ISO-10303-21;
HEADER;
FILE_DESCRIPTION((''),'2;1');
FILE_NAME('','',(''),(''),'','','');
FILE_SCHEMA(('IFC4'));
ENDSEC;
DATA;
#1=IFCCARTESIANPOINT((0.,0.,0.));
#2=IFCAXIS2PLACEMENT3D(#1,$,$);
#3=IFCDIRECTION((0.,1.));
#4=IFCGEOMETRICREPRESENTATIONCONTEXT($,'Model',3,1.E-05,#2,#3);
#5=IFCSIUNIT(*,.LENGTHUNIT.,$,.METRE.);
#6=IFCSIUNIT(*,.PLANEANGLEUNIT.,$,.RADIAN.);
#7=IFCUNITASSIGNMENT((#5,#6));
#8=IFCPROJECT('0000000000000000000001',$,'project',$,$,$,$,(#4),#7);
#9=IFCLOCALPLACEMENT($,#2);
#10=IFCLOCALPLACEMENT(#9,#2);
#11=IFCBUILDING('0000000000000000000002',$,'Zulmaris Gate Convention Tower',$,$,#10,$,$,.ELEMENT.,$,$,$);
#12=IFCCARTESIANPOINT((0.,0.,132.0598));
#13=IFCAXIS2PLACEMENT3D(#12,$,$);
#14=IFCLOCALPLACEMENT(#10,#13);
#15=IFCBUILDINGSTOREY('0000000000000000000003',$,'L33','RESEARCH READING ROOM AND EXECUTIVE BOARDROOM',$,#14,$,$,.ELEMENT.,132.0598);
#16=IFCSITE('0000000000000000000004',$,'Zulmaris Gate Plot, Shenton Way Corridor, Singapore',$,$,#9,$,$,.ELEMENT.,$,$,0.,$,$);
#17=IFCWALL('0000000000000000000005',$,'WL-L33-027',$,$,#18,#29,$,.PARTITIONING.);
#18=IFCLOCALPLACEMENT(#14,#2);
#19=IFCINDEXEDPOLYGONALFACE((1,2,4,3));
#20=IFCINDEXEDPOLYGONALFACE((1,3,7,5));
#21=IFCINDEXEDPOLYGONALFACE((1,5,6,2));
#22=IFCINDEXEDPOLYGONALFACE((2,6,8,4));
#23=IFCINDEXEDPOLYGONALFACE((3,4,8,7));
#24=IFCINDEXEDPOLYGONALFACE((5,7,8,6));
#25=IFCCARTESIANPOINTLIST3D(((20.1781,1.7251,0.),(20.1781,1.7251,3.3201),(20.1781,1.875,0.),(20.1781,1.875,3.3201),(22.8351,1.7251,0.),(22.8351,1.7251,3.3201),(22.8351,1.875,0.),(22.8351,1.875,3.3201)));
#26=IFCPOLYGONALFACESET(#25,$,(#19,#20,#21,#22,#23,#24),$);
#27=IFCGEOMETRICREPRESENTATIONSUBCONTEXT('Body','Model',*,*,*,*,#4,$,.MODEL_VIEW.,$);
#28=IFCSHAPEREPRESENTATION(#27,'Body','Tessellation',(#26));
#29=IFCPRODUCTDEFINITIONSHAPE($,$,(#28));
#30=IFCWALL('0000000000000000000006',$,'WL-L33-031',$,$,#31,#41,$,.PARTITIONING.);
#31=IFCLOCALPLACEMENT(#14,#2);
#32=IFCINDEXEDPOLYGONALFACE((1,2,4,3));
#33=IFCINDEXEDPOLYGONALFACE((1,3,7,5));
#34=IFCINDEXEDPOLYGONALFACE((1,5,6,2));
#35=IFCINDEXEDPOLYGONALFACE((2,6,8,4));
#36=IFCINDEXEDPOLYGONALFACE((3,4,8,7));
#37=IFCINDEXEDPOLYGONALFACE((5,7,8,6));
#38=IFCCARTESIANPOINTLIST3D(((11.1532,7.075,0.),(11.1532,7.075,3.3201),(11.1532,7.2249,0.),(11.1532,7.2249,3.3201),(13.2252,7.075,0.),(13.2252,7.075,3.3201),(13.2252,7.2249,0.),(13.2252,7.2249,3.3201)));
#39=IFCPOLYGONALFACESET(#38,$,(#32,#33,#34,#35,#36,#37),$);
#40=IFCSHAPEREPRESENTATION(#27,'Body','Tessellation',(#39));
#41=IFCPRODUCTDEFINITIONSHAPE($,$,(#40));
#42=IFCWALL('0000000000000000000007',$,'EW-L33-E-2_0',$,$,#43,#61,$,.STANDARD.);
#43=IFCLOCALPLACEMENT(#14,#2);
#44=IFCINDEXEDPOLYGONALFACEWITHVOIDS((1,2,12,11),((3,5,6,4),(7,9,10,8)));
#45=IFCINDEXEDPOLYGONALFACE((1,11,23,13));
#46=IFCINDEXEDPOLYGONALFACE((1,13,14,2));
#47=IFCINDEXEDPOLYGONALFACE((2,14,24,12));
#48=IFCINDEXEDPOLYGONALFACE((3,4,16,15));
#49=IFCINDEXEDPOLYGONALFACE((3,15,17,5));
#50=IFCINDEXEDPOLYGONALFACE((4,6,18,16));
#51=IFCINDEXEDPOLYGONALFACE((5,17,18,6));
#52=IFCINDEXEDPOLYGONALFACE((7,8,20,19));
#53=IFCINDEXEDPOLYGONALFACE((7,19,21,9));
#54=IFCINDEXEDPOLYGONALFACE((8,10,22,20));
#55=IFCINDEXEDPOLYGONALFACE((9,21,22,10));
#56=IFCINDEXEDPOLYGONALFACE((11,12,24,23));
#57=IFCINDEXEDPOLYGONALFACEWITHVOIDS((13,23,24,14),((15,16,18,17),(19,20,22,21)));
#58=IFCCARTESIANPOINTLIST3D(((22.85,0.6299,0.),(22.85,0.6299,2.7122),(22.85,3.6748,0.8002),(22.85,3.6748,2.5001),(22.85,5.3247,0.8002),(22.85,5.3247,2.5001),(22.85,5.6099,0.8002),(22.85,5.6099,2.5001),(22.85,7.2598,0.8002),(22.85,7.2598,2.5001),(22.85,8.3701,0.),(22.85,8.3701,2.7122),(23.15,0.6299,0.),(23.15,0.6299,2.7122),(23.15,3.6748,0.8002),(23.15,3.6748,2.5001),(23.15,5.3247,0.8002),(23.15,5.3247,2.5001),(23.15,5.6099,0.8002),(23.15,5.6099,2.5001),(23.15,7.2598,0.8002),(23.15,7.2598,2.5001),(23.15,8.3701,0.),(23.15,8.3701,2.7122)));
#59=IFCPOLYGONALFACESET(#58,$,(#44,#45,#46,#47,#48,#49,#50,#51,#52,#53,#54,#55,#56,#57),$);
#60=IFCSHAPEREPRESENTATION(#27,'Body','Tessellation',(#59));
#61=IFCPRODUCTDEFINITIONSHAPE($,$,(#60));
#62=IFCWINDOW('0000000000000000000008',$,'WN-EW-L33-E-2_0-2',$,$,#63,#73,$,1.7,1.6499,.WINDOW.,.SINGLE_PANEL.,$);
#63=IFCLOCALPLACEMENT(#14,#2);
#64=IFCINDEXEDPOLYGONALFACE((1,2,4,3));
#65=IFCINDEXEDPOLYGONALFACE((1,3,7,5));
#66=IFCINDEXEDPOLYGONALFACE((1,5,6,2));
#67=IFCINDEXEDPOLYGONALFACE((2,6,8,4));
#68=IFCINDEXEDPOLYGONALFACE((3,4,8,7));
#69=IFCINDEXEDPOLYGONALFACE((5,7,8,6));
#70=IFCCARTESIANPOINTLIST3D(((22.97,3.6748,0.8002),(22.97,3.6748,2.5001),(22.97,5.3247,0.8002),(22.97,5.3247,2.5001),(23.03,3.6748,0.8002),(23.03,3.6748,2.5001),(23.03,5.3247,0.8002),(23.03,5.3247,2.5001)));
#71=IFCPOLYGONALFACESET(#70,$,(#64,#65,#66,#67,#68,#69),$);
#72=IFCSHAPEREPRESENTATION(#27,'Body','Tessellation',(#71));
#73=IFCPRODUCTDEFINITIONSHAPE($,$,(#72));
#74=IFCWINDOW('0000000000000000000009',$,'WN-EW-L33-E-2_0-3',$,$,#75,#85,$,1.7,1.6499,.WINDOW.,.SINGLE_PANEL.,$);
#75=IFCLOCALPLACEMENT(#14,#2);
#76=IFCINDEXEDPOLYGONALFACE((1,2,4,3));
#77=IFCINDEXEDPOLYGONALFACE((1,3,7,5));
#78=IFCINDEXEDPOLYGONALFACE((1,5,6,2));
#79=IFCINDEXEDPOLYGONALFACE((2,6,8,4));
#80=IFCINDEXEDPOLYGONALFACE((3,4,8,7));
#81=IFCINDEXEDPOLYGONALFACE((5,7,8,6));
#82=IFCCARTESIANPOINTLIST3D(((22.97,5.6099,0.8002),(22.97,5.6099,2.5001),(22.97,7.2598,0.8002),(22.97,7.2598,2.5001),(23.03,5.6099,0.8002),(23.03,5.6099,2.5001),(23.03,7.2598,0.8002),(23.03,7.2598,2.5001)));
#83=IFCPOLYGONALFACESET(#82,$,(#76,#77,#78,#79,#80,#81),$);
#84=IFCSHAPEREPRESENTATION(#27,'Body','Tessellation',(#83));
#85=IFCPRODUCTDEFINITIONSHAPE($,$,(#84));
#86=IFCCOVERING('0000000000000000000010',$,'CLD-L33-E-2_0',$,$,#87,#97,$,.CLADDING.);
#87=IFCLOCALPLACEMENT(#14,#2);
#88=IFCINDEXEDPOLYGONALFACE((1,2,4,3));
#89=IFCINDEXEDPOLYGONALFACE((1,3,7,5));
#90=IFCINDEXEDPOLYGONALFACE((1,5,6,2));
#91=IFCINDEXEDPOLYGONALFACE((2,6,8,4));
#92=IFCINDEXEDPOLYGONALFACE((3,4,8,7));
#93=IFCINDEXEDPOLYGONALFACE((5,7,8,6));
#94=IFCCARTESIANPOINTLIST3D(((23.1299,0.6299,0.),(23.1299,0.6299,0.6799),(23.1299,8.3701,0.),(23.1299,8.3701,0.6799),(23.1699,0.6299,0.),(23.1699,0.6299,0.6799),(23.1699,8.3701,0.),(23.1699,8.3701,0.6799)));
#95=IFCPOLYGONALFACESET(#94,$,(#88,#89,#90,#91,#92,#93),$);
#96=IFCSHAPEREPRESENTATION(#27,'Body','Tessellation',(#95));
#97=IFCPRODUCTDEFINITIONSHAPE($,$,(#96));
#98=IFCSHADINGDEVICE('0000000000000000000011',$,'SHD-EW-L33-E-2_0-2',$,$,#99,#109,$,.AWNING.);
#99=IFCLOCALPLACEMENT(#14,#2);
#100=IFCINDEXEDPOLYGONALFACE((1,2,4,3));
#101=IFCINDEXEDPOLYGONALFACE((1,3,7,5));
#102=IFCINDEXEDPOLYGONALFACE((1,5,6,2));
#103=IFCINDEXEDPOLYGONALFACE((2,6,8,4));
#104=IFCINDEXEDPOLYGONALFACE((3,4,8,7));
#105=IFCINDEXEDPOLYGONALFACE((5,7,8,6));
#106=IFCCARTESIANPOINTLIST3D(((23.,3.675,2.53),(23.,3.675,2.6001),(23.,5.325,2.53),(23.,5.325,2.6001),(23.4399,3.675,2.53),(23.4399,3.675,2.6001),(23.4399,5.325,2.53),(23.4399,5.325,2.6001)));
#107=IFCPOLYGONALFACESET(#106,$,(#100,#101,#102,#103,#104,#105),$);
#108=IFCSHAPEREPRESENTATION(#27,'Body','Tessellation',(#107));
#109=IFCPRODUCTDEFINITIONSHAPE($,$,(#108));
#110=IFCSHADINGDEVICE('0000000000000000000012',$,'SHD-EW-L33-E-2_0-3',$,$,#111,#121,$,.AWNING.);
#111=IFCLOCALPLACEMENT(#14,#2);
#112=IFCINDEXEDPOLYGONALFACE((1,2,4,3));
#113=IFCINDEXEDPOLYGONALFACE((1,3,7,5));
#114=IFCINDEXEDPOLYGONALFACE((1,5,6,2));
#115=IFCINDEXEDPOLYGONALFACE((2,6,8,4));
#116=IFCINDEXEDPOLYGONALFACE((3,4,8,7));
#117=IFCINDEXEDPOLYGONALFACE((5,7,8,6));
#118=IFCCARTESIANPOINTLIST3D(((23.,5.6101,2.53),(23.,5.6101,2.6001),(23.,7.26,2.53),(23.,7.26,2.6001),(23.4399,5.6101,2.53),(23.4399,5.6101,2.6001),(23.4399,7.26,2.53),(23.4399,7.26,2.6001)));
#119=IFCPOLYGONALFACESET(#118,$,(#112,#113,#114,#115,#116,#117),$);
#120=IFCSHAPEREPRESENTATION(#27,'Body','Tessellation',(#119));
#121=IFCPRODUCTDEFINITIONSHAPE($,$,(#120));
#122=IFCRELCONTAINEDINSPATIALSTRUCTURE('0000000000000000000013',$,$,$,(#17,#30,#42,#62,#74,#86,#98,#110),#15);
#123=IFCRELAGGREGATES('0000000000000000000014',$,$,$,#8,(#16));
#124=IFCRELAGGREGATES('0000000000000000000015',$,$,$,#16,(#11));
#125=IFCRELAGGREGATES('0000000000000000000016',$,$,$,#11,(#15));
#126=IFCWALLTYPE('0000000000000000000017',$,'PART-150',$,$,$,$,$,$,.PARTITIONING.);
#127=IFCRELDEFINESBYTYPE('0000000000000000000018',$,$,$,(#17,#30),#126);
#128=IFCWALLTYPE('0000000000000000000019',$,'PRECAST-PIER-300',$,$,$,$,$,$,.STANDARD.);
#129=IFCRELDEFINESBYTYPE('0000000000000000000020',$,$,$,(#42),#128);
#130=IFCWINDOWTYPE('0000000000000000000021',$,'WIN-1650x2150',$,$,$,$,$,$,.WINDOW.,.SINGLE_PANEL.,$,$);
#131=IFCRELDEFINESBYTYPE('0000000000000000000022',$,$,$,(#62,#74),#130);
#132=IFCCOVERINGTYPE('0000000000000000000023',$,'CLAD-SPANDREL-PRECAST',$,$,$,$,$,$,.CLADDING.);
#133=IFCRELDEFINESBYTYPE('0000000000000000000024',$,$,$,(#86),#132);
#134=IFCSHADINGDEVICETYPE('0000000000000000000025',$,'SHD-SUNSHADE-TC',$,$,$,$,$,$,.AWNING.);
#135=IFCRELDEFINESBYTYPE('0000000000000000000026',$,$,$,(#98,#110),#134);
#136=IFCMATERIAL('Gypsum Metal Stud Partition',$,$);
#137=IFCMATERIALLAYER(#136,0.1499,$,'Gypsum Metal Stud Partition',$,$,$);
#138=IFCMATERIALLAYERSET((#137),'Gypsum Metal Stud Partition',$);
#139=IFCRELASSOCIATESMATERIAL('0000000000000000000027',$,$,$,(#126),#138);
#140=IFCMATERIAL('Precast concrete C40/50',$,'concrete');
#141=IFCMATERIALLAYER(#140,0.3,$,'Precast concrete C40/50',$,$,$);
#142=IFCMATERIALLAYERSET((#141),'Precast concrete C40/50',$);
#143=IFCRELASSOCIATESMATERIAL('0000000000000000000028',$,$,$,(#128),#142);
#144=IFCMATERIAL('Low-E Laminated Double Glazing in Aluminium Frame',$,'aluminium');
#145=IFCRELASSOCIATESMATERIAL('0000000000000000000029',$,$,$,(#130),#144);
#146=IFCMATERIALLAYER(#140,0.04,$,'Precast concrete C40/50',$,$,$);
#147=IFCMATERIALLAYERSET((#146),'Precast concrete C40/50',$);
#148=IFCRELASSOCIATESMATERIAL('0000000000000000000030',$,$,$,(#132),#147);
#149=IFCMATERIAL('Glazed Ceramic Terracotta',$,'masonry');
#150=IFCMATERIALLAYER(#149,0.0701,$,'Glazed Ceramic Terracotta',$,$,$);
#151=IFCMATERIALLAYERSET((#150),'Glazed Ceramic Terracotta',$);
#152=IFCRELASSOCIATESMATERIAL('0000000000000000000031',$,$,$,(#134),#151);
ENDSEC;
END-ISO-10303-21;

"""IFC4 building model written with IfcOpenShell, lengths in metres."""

from ifc_helpers import new_model, si_unit, direction, frame, frame_2d, origin, place, context, subcontext, project, spatial, rectangle, extrude, material, layer, layer_set, type_object, element, fill, save


model = new_model("IFC4")

# Units and contexts
model_context = context("Model", 3, precision=1e-05, world=origin(), true_north=direction((0.0, 1.0)))
body_context = subcontext(model_context, "Body", "Model", "MODEL_VIEW")
ifc_project = project(units=[si_unit("LENGTHUNIT", "METRE"), si_unit("PLANEANGLEUNIT", "RADIAN")], contexts=[model_context])

# Site, building, storey
site_placement = place(None, origin())
site = spatial("IfcSite", under=ifc_project, at=site_placement, Name="Zulmaris Gate Plot, Shenton Way Corridor, Singapore", CompositionType="ELEMENT", RefElevation=0.0)
building_placement = place(site_placement, origin())
building = spatial("IfcBuilding", under=site, at=building_placement, Name="Zulmaris Gate Convention Tower", CompositionType="ELEMENT")
storey_placement = place(building_placement, frame((0.0, 0.0, 132.0598)))
storey = spatial("IfcBuildingStorey", under=building, at=storey_placement, Name="L33", Description="RESEARCH READING ROOM AND EXECUTIVE BOARDROOM", CompositionType="ELEMENT", Elevation=132.0598)

# Walls
ifc_material_1 = material(Name="Gypsum Metal Stud Partition")
ifc_layer_1 = layer(ifc_material_1, 0.1499, Name="Gypsum Metal Stud Partition")
ifc_layer_set_1 = layer_set([ifc_layer_1], Name="Gypsum Metal Stud Partition")
wall_type_1 = type_object("IfcWallType", Name="PART-150", PredefinedType="PARTITIONING", material=ifc_layer_set_1)
wall_1_placement = place(storey_placement, frame((20.178, 1.8, 0.0), z_axis=(0.0, 0.0, 1.0), x_axis=(1.0, 0.0, 0.0)))
element("IfcWall", 1, at=wall_1_placement, inside=storey, type_object=wall_type_1, Name="WL-L33-027", PredefinedType="PARTITIONING", context=body_context, shape_type="SweptSolid", body=[
    extrude(rectangle(XDim=2.657, YDim=0.1499, at=frame_2d((1.3286, 0.0))), origin(), (0.0, 0.0, 1.0), 3.3201),
])
wall_2_placement = place(storey_placement, frame((11.1531, 7.1499, 0.0), z_axis=(0.0, 0.0, 1.0), x_axis=(1.0, 0.0, 0.0)))
element("IfcWall", 2, at=wall_2_placement, inside=storey, type_object=wall_type_1, Name="WL-L33-031", PredefinedType="PARTITIONING", context=body_context, shape_type="SweptSolid", body=[
    extrude(rectangle(XDim=2.072, YDim=0.1499, at=frame_2d((1.0361, 0.0))), origin(), (0.0, 0.0, 1.0), 3.3201),
])

# Wall, openings, windows
ifc_material_2 = material(Name="Precast concrete C40/50", Category="concrete")
ifc_layer_2 = layer(ifc_material_2, 0.3, Name="Precast concrete C40/50")
ifc_layer_set_2 = layer_set([ifc_layer_2], Name="Precast concrete C40/50")
wall_type_2 = type_object("IfcWallType", Name="PRECAST-PIER-300", PredefinedType="STANDARD", material=ifc_layer_set_2)
wall_3_placement = place(storey_placement, frame((23.0, 0.6299, 0.0), z_axis=(0.0, 0.0, 1.0), x_axis=(0.0, 1.0, 0.0)))
wall_3 = element("IfcWall", 3, at=wall_3_placement, inside=storey, type_object=wall_type_2, Name="EW-L33-E-2_0", PredefinedType="STANDARD", context=body_context, shape_type="SweptSolid", body=[
    extrude(rectangle(XDim=7.7402, YDim=0.3, at=frame_2d((3.8701, 0.0))), origin(), (0.0, 0.0, 1.0), 2.7122),
])
opening_1_placement = place(wall_3_placement, frame((3.0449, 0.0, 0.8)))
opening_1 = element("IfcOpeningElement", 4, at=opening_1_placement, cuts=wall_3, PredefinedType="OPENING", context=body_context, shape_type="SweptSolid", body=[
    extrude(rectangle(XDim=1.6499, YDim=1.7, at=frame_2d((0.825, 0.8501))), frame((0.0, 0.1602, 0.0), z_axis=(0.0, -1.0, 0.0), x_axis=(1.0, 0.0, 0.0)), (0.0, 0.0, 1.0), 0.3201),
])
opening_2_placement = place(wall_3_placement, frame((4.98, 0.0, 0.8)))
opening_2 = element("IfcOpeningElement", 5, at=opening_2_placement, cuts=wall_3, PredefinedType="OPENING", context=body_context, shape_type="SweptSolid", body=[
    extrude(rectangle(XDim=1.6499, YDim=1.7, at=frame_2d((0.825, 0.8501))), frame((0.0, 0.1602, 0.0), z_axis=(0.0, -1.0, 0.0), x_axis=(1.0, 0.0, 0.0)), (0.0, 0.0, 1.0), 0.3201),
])
ifc_material_3 = material(Name="Low-E Laminated Double Glazing in Aluminium Frame", Category="aluminium")
window_type = type_object("IfcWindowType", Name="WIN-1650x2150", PartitioningType="SINGLE_PANEL", PredefinedType="WINDOW", material=ifc_material_3)
window_1_placement = place(opening_1_placement, origin())
window_1 = element("IfcWindow", 6, at=window_1_placement, inside=storey, type_object=window_type, Name="WN-EW-L33-E-2_0-2", OverallHeight=1.7, OverallWidth=1.6499, PartitioningType="SINGLE_PANEL", PredefinedType="WINDOW", context=body_context, shape_type="SweptSolid", body=[
    extrude(rectangle(XDim=1.6499, YDim=1.7, at=frame_2d((0.825, 0.8501))), frame((0.0, 0.03, 0.0), z_axis=(0.0, -1.0, 0.0), x_axis=(1.0, 0.0, 0.0)), (0.0, 0.0, 1.0), 0.0601),
])
fill(opening_1, window_1)
window_2_placement = place(opening_2_placement, origin())
window_2 = element("IfcWindow", 7, at=window_2_placement, inside=storey, type_object=window_type, Name="WN-EW-L33-E-2_0-3", OverallHeight=1.7, OverallWidth=1.6499, PartitioningType="SINGLE_PANEL", PredefinedType="WINDOW", context=body_context, shape_type="SweptSolid", body=[
    extrude(rectangle(XDim=1.6499, YDim=1.7, at=frame_2d((0.825, 0.8501))), frame((0.0, 0.03, 0.0), z_axis=(0.0, -1.0, 0.0), x_axis=(1.0, 0.0, 0.0)), (0.0, 0.0, 1.0), 0.0601),
])
fill(opening_2, window_2)

# Covering
ifc_layer_3 = layer(ifc_material_2, 0.04, Name="Precast concrete C40/50")
ifc_layer_set_3 = layer_set([ifc_layer_3], Name="Precast concrete C40/50")
covering_type = type_object("IfcCoveringType", Name="CLAD-SPANDREL-PRECAST", PredefinedType="CLADDING", material=ifc_layer_set_3)
covering_placement = place(storey_placement, frame((23.1499, 0.6299, 0.0), z_axis=(0.0, 0.0, 1.0), x_axis=(0.0, 1.0, 0.0)))
element("IfcCovering", 8, at=covering_placement, inside=storey, type_object=covering_type, Name="CLD-L33-E-2_0", PredefinedType="CLADDING", context=body_context, shape_type="SweptSolid", body=[
    extrude(rectangle(XDim=7.7402, YDim=0.04, at=frame_2d((3.8701, 0.0))), origin(), (0.0, 0.0, 1.0), 0.6799),
])

# Shading devices
ifc_material_4 = material(Name="Glazed Ceramic Terracotta", Category="masonry")
ifc_layer_4 = layer(ifc_material_4, 0.0701, Name="Glazed Ceramic Terracotta")
ifc_layer_set_4 = layer_set([ifc_layer_4], Name="Glazed Ceramic Terracotta")
shading_device_type = type_object("IfcShadingDeviceType", Name="SHD-SUNSHADE-TC", PredefinedType="AWNING", material=ifc_layer_set_4)
for number, where, z_axis, x_axis, name in (
    (9, (23.22, 3.675, 2.53), (0.0, 0.0, 1.0), (0.0, 1.0, 0.0), "SHD-EW-L33-E-2_0-2"),
    (10, (23.22, 5.6101, 2.53), (0.0, 0.0, 1.0), (0.0, 1.0, 0.0), "SHD-EW-L33-E-2_0-3"),
):
    element("IfcShadingDevice", number, at=place(storey_placement, frame(where, z_axis=z_axis, x_axis=x_axis)), inside=storey, type_object=shading_device_type, Name=name, PredefinedType="AWNING", context=body_context, shape_type="SweptSolid", body=[
        extrude(rectangle(XDim=1.6499, YDim=0.4399, at=frame_2d((0.825, 0.0))), origin(), (0.0, 0.0, 1.0), 0.0701),
    ])

save(model, "model.ifc")
